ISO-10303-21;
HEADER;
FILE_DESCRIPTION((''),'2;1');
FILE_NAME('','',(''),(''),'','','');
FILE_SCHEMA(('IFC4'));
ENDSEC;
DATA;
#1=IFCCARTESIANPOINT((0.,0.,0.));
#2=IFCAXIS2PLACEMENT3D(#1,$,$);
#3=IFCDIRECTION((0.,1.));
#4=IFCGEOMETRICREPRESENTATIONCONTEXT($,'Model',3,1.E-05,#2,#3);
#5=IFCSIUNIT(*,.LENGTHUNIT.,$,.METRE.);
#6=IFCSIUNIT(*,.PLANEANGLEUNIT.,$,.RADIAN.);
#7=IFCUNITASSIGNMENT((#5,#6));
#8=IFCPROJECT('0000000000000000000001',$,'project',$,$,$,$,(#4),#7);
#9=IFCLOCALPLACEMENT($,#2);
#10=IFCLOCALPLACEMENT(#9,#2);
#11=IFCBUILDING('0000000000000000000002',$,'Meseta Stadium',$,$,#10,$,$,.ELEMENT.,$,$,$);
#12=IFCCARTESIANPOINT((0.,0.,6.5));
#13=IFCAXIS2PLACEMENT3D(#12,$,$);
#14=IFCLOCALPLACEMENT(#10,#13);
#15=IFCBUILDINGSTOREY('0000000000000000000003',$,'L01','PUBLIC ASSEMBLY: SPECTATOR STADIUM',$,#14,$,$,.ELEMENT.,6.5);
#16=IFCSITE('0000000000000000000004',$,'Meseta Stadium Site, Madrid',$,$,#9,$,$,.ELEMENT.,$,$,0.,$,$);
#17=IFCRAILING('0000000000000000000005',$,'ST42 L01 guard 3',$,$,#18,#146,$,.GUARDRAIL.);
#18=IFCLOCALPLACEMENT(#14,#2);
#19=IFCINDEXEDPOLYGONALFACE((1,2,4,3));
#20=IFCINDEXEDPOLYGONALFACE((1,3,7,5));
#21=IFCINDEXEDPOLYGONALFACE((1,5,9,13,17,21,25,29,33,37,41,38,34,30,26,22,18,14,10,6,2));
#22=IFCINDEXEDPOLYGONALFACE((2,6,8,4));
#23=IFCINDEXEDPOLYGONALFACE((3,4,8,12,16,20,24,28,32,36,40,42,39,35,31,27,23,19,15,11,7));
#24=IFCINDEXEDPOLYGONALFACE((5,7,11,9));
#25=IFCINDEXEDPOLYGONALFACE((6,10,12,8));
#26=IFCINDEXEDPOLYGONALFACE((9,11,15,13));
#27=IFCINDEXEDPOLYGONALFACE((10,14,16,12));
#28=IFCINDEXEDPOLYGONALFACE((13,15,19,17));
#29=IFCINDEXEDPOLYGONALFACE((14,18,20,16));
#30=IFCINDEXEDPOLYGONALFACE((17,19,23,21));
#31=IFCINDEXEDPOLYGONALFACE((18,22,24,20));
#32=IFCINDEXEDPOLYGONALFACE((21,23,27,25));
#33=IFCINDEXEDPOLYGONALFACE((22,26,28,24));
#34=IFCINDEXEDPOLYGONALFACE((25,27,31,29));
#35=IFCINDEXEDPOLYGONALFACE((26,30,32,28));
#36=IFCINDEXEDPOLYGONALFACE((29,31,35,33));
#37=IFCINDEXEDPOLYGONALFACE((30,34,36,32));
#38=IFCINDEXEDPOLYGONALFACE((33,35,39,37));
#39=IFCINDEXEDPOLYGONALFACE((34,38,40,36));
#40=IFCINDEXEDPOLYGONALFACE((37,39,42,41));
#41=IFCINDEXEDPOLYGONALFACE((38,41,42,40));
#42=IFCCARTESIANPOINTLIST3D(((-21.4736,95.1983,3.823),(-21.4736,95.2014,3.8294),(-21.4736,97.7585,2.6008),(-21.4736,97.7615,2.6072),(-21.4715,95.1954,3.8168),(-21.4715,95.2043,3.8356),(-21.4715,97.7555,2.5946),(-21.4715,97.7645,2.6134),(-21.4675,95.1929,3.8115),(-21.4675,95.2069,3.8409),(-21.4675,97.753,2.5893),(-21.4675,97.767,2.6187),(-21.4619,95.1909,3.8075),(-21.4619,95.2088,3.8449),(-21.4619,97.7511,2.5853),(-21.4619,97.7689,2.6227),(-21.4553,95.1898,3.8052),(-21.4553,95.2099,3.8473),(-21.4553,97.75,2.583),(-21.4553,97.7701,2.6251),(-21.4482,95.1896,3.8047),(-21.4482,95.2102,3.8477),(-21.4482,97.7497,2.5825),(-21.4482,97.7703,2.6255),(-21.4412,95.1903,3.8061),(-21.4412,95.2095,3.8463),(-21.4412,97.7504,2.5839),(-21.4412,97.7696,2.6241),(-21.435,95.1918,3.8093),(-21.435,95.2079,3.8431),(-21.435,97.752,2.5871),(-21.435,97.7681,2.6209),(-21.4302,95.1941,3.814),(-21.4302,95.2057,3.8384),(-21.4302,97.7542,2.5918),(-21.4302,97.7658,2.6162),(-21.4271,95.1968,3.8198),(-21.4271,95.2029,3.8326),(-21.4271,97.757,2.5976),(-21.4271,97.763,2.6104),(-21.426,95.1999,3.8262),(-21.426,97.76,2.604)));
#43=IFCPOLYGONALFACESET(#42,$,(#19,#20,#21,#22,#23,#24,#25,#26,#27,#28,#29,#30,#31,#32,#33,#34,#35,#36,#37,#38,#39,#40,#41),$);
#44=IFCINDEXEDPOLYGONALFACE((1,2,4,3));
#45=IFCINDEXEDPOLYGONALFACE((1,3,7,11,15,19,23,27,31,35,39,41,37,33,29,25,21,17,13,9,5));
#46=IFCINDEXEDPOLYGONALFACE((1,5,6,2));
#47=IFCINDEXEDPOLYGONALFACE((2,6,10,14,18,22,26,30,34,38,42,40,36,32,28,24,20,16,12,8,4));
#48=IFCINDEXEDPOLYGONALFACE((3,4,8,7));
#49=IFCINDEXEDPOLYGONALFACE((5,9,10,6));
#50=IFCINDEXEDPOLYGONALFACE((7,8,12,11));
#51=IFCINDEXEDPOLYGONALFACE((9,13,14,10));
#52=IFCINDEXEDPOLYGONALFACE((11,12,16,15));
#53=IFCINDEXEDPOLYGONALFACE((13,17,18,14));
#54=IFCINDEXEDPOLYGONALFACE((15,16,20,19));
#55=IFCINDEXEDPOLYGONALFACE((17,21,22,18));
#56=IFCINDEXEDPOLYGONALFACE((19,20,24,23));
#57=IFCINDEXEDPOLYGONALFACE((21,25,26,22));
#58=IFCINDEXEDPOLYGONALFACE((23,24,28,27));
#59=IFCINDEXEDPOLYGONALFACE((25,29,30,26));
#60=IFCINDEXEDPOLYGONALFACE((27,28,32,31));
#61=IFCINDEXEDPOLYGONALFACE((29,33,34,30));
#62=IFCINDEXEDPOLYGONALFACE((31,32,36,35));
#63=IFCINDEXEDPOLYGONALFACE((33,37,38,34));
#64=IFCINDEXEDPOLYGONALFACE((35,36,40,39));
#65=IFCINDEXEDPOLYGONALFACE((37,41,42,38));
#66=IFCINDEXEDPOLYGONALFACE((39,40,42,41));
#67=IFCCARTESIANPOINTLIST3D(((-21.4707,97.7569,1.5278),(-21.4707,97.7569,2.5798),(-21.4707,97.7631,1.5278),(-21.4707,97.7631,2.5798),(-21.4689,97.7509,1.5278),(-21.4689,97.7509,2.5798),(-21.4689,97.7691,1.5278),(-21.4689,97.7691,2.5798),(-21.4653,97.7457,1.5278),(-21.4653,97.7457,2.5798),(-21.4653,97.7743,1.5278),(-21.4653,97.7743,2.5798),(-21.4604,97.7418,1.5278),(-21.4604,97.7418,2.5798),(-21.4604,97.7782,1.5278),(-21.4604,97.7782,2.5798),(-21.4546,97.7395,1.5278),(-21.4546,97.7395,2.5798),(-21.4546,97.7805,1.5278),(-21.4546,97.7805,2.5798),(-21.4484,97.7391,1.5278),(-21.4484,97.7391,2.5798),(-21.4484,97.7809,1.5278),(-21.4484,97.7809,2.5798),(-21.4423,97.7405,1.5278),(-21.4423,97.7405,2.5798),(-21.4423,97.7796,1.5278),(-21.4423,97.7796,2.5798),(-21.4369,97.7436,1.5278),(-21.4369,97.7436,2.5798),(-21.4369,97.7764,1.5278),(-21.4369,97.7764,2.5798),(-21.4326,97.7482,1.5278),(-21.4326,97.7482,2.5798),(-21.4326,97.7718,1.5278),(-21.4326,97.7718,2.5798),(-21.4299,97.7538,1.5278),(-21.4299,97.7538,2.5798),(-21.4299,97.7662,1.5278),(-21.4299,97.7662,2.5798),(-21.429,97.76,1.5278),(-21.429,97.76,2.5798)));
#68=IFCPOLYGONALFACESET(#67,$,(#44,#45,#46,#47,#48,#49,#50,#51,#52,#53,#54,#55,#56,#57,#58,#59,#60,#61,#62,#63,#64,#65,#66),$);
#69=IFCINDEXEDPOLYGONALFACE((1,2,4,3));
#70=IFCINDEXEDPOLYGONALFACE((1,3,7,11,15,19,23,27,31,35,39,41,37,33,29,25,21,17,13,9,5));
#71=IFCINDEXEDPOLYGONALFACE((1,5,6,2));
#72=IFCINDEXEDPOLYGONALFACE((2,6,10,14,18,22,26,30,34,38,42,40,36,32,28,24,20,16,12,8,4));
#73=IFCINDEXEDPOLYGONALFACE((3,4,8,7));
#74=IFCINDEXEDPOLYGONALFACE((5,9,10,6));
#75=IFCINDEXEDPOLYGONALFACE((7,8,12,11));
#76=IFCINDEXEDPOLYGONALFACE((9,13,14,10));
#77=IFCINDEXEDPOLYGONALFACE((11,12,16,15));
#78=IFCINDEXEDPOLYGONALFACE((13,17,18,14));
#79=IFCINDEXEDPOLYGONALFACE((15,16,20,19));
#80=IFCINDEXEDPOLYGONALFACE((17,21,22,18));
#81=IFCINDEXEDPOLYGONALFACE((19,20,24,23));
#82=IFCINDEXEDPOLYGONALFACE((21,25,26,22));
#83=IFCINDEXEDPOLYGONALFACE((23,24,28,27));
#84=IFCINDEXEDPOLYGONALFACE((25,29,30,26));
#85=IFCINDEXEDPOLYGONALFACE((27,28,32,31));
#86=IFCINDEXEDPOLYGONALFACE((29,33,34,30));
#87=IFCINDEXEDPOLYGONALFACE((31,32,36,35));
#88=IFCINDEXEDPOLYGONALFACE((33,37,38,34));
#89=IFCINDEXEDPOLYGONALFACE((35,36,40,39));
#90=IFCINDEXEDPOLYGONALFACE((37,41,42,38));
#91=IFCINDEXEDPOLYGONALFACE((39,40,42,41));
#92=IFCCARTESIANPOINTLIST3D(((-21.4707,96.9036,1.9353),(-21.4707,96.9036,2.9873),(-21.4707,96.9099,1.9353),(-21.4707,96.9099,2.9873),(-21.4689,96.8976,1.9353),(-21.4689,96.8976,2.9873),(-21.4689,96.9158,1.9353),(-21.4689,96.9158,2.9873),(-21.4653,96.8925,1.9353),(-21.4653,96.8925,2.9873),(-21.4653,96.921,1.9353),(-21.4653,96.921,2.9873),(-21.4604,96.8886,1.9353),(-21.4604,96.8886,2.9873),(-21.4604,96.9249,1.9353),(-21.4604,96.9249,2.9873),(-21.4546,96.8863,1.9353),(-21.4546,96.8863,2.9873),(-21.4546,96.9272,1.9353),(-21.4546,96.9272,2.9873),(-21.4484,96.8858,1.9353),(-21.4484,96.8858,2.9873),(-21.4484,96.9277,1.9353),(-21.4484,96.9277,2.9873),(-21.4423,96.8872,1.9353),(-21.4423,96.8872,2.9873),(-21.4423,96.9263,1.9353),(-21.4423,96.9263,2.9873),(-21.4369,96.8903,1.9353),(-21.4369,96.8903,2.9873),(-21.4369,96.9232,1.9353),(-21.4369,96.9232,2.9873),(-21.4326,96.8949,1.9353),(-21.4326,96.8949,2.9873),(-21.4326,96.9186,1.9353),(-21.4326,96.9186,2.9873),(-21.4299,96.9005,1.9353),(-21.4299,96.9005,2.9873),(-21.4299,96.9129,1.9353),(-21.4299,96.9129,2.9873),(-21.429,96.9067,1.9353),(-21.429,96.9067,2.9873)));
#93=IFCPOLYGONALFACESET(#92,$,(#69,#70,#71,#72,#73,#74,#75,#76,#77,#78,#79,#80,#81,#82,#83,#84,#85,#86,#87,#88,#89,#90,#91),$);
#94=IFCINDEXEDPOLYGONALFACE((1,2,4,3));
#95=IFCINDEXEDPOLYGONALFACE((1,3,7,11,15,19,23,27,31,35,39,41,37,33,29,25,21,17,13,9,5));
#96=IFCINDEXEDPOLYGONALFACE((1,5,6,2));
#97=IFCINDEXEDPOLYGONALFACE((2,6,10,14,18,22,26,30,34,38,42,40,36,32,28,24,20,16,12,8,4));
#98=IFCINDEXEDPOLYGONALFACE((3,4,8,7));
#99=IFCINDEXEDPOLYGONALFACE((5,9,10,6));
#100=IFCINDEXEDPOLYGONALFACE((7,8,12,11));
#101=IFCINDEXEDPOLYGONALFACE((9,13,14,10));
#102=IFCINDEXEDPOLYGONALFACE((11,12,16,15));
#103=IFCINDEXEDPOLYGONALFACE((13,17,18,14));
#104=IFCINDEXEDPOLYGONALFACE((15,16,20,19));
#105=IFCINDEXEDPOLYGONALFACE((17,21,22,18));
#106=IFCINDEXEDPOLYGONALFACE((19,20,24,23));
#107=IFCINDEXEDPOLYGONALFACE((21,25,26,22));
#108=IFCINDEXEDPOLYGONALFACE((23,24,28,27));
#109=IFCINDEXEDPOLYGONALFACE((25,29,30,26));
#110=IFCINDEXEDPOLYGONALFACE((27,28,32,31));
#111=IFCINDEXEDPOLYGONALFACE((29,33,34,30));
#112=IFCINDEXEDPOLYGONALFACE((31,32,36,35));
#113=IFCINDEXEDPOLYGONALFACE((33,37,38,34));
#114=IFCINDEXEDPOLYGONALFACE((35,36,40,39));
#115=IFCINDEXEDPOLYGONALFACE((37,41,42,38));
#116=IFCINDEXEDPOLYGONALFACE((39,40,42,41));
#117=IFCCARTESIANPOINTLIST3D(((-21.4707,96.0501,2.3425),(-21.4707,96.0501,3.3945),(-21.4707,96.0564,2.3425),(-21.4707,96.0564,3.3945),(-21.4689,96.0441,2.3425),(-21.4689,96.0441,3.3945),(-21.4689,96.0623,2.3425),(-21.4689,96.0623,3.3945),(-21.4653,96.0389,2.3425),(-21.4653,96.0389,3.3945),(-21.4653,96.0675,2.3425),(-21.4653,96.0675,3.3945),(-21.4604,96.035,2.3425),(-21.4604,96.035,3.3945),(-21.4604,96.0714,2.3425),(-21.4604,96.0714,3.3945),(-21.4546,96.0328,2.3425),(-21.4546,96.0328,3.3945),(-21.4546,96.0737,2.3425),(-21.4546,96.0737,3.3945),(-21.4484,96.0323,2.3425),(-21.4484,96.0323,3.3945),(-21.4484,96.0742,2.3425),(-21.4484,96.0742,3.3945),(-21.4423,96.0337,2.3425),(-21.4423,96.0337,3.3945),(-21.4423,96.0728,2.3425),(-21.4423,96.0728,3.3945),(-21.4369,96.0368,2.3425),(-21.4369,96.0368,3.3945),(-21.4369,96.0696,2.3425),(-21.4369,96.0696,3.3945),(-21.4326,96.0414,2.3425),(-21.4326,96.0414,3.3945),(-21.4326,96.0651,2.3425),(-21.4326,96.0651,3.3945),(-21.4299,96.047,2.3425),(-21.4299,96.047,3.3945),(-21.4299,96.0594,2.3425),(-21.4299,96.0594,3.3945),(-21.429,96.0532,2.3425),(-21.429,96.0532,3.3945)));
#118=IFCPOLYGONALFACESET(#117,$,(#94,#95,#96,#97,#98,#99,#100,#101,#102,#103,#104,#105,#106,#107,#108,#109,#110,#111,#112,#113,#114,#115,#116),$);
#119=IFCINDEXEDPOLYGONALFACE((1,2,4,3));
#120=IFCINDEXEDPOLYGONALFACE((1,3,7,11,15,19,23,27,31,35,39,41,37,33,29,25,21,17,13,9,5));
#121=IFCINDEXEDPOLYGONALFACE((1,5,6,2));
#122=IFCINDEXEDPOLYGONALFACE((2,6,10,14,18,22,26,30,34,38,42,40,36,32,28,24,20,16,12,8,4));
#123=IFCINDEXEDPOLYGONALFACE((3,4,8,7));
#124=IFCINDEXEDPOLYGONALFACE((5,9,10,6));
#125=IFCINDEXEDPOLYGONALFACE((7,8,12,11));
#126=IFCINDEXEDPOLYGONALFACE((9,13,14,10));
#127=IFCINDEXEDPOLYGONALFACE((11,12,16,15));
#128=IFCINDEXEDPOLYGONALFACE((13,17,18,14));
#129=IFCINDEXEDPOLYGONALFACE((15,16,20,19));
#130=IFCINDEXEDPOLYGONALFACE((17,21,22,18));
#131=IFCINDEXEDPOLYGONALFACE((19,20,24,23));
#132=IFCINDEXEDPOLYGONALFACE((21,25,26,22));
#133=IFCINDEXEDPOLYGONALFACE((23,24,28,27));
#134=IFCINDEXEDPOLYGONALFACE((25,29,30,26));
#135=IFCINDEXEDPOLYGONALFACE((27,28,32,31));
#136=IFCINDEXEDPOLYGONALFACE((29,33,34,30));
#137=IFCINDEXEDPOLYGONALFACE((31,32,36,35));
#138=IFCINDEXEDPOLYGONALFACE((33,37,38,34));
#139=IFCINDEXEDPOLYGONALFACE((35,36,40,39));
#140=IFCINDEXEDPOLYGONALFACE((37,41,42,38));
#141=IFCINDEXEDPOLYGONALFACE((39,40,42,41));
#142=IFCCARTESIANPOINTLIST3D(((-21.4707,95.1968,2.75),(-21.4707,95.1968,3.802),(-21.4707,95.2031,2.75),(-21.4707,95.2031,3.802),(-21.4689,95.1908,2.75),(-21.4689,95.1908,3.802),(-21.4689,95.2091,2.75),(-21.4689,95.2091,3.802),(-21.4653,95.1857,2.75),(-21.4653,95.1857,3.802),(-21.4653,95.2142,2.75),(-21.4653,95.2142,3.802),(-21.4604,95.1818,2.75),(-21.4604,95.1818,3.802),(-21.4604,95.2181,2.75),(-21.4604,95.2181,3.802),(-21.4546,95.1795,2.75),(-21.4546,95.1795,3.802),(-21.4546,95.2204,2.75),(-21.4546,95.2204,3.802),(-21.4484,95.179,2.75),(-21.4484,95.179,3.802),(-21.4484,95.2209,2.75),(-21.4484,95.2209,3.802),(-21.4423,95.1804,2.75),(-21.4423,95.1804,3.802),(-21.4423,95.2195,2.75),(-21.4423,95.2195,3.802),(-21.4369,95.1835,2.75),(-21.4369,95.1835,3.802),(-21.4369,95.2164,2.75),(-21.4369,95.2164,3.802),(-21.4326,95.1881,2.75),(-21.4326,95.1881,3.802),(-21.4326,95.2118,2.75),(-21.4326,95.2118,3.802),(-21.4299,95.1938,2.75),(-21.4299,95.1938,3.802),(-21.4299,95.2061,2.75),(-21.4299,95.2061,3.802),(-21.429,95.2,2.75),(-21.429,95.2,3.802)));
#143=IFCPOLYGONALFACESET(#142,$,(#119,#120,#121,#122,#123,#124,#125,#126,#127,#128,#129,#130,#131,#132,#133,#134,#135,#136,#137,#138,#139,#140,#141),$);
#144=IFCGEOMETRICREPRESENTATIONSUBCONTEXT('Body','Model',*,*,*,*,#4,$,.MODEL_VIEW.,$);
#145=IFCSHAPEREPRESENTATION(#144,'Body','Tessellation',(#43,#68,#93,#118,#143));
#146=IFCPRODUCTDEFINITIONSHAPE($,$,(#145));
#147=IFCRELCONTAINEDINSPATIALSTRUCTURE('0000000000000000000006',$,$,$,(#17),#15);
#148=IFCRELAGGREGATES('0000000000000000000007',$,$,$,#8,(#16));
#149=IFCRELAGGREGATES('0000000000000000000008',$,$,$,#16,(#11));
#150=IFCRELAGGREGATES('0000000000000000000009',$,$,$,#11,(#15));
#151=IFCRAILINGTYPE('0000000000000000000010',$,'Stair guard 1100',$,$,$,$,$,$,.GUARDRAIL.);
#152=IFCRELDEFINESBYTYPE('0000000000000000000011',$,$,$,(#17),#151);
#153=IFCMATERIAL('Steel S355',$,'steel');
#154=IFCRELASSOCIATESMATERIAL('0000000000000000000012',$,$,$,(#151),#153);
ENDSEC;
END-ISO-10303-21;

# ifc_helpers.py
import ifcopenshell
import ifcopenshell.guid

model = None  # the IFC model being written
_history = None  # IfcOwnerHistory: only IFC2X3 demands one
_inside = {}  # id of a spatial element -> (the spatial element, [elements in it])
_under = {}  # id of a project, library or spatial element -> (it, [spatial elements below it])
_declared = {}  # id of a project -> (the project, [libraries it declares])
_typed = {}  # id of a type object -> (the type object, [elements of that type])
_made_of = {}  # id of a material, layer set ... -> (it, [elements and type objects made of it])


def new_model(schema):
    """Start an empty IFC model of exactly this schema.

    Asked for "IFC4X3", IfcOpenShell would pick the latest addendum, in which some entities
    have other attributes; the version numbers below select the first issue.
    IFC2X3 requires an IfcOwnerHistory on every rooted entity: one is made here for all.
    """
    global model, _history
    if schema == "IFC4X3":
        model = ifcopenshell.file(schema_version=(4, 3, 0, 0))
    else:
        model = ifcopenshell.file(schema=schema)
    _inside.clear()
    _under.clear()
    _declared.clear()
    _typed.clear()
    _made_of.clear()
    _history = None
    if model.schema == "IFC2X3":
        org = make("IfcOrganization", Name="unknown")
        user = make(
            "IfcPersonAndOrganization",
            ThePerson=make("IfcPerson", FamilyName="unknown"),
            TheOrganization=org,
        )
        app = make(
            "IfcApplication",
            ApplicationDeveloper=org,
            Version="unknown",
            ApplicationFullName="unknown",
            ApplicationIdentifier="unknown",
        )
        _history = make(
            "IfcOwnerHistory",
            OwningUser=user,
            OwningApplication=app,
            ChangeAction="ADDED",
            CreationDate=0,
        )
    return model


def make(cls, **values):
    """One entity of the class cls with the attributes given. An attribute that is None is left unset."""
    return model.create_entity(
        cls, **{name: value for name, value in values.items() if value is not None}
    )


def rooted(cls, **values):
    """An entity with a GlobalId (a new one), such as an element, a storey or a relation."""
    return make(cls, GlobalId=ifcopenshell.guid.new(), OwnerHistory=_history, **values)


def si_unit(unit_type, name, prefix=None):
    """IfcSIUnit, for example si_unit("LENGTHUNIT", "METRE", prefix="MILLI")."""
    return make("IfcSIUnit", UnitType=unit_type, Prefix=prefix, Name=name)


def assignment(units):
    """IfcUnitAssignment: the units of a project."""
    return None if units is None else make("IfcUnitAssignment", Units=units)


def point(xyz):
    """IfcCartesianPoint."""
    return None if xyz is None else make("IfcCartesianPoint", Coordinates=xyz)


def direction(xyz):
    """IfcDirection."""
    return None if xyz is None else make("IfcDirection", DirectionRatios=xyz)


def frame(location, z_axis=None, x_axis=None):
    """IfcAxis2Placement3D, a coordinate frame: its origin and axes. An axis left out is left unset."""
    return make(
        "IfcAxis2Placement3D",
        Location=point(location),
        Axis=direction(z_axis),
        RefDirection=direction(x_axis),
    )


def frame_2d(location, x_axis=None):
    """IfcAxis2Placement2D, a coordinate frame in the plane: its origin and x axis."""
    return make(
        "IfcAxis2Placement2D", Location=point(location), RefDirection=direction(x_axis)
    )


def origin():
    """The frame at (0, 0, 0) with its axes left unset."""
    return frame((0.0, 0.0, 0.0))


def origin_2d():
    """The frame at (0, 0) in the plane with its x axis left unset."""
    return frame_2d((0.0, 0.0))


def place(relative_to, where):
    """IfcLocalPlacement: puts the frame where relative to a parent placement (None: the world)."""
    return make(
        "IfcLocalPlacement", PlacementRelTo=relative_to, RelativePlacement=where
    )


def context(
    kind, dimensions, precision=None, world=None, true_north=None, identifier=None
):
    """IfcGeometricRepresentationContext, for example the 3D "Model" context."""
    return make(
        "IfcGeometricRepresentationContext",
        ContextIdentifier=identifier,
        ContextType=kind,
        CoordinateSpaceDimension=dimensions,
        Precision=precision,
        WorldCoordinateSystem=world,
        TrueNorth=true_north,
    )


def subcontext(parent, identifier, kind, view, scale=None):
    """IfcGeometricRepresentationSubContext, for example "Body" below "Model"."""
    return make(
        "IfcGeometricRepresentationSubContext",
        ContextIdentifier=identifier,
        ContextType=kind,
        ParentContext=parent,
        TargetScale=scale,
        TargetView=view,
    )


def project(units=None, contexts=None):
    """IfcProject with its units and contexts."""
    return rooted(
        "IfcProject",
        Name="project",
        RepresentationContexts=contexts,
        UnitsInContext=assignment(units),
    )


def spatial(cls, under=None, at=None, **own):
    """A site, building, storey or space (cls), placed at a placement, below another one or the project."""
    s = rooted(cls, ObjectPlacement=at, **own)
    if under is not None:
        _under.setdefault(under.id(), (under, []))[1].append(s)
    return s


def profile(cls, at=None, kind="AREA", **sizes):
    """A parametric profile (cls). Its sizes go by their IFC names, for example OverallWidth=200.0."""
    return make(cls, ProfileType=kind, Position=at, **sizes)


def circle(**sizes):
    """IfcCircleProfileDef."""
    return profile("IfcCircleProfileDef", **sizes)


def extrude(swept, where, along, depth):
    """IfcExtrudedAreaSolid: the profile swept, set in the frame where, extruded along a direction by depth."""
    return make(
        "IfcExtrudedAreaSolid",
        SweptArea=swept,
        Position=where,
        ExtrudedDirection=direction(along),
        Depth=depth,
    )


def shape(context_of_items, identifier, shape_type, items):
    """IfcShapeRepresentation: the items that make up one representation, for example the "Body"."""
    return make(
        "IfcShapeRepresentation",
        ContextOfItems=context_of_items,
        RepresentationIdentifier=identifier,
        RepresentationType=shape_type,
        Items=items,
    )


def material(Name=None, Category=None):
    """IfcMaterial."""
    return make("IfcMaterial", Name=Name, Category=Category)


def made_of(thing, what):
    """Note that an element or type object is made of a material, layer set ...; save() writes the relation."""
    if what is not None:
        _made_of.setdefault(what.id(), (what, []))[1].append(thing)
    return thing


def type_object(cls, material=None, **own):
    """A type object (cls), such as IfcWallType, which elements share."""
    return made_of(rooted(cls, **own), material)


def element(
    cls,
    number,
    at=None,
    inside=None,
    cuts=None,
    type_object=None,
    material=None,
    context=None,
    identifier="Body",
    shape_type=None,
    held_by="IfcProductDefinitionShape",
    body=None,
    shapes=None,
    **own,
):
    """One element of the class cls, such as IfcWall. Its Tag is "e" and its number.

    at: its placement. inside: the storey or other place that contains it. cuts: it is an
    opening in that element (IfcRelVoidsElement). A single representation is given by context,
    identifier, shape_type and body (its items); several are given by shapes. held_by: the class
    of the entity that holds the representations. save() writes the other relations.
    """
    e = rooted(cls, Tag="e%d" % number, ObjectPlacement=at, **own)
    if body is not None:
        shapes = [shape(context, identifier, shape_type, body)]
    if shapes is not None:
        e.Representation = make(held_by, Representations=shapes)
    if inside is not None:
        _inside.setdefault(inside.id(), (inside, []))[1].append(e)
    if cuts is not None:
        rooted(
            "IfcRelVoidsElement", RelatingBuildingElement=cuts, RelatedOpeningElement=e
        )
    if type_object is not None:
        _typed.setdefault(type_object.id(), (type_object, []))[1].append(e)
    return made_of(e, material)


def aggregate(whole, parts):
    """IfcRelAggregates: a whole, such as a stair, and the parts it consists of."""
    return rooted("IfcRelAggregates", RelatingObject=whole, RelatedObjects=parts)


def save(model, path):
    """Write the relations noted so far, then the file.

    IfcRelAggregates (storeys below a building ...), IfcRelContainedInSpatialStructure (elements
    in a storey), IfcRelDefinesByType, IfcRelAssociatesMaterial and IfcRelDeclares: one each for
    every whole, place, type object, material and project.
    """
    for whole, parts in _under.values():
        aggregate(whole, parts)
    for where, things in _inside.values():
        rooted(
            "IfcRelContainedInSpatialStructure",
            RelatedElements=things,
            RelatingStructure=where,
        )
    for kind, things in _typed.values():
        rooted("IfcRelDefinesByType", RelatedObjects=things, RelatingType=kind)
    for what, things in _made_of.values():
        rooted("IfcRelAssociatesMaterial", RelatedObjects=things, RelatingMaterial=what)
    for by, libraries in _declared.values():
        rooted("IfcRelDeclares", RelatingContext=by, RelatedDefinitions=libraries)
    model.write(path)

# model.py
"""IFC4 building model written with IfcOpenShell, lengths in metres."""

from ifc_helpers import new_model, si_unit, direction, frame, origin, origin_2d, place, context, subcontext, project, spatial, circle, extrude, material, type_object, element, save


model = new_model("IFC4")

# Units and contexts
model_context = context("Model", 3, precision=1e-05, world=origin(), true_north=direction((0.0, 1.0)))
body_context = subcontext(model_context, "Body", "Model", "MODEL_VIEW")
ifc_project = project(units=[si_unit("LENGTHUNIT", "METRE"), si_unit("PLANEANGLEUNIT", "RADIAN")], contexts=[model_context])

# Site, building, storey
site_placement = place(None, origin())
site = spatial("IfcSite", under=ifc_project, at=site_placement, Name="Meseta Stadium Site, Madrid", CompositionType="ELEMENT", RefElevation=0.0)
building_placement = place(site_placement, origin())
building = spatial("IfcBuilding", under=site, at=building_placement, Name="Meseta Stadium", CompositionType="ELEMENT")
storey_placement = place(building_placement, frame((0.0, 0.0, 6.5)))
storey = spatial("IfcBuildingStorey", under=building, at=storey_placement, Name="L01", Description="PUBLIC ASSEMBLY: SPECTATOR STADIUM", CompositionType="ELEMENT", Elevation=6.5)

# Railing
ifc_material_1 = material(Name="Steel S355", Category="steel")
railing_type_1 = type_object("IfcRailingType", Name="Stair guard 1100", PredefinedType="GUARDRAIL", material=ifc_material_1)
railing_1_placement = place(storey_placement, frame((-21.45, 97.76, 1.5278)))
element("IfcRailing", 1, at=railing_1_placement, inside=storey, type_object=railing_type_1, Name="ST42 L01 guard 3", PredefinedType="GUARDRAIL", context=body_context, shape_type="SweptSolid", body=[
    extrude(circle(Radius=0.0239, at=origin_2d()), frame((0.0, 0.0, 1.0762), z_axis=(0.0, -0.902437, 0.430822), x_axis=(1.0, 0.0, 0.0)), (0.0, 0.0, 1.0), 2.8369),
    extrude(circle(Radius=0.021, at=origin_2d()), origin(), (0.0, 0.0, 1.0), 1.052),
    extrude(circle(Radius=0.021, at=origin_2d()), frame((0.0, -0.8533, 0.4075)), (0.0, 0.0, 1.0), 1.052),
    extrude(circle(Radius=0.021, at=origin_2d()), frame((0.0, -1.7068, 0.8147)), (0.0, 0.0, 1.0), 1.052),
    extrude(circle(Radius=0.021, at=origin_2d()), frame((0.0, -2.5601, 1.2222)), (0.0, 0.0, 1.0), 1.052),
])

save(model, "model.ifc")
